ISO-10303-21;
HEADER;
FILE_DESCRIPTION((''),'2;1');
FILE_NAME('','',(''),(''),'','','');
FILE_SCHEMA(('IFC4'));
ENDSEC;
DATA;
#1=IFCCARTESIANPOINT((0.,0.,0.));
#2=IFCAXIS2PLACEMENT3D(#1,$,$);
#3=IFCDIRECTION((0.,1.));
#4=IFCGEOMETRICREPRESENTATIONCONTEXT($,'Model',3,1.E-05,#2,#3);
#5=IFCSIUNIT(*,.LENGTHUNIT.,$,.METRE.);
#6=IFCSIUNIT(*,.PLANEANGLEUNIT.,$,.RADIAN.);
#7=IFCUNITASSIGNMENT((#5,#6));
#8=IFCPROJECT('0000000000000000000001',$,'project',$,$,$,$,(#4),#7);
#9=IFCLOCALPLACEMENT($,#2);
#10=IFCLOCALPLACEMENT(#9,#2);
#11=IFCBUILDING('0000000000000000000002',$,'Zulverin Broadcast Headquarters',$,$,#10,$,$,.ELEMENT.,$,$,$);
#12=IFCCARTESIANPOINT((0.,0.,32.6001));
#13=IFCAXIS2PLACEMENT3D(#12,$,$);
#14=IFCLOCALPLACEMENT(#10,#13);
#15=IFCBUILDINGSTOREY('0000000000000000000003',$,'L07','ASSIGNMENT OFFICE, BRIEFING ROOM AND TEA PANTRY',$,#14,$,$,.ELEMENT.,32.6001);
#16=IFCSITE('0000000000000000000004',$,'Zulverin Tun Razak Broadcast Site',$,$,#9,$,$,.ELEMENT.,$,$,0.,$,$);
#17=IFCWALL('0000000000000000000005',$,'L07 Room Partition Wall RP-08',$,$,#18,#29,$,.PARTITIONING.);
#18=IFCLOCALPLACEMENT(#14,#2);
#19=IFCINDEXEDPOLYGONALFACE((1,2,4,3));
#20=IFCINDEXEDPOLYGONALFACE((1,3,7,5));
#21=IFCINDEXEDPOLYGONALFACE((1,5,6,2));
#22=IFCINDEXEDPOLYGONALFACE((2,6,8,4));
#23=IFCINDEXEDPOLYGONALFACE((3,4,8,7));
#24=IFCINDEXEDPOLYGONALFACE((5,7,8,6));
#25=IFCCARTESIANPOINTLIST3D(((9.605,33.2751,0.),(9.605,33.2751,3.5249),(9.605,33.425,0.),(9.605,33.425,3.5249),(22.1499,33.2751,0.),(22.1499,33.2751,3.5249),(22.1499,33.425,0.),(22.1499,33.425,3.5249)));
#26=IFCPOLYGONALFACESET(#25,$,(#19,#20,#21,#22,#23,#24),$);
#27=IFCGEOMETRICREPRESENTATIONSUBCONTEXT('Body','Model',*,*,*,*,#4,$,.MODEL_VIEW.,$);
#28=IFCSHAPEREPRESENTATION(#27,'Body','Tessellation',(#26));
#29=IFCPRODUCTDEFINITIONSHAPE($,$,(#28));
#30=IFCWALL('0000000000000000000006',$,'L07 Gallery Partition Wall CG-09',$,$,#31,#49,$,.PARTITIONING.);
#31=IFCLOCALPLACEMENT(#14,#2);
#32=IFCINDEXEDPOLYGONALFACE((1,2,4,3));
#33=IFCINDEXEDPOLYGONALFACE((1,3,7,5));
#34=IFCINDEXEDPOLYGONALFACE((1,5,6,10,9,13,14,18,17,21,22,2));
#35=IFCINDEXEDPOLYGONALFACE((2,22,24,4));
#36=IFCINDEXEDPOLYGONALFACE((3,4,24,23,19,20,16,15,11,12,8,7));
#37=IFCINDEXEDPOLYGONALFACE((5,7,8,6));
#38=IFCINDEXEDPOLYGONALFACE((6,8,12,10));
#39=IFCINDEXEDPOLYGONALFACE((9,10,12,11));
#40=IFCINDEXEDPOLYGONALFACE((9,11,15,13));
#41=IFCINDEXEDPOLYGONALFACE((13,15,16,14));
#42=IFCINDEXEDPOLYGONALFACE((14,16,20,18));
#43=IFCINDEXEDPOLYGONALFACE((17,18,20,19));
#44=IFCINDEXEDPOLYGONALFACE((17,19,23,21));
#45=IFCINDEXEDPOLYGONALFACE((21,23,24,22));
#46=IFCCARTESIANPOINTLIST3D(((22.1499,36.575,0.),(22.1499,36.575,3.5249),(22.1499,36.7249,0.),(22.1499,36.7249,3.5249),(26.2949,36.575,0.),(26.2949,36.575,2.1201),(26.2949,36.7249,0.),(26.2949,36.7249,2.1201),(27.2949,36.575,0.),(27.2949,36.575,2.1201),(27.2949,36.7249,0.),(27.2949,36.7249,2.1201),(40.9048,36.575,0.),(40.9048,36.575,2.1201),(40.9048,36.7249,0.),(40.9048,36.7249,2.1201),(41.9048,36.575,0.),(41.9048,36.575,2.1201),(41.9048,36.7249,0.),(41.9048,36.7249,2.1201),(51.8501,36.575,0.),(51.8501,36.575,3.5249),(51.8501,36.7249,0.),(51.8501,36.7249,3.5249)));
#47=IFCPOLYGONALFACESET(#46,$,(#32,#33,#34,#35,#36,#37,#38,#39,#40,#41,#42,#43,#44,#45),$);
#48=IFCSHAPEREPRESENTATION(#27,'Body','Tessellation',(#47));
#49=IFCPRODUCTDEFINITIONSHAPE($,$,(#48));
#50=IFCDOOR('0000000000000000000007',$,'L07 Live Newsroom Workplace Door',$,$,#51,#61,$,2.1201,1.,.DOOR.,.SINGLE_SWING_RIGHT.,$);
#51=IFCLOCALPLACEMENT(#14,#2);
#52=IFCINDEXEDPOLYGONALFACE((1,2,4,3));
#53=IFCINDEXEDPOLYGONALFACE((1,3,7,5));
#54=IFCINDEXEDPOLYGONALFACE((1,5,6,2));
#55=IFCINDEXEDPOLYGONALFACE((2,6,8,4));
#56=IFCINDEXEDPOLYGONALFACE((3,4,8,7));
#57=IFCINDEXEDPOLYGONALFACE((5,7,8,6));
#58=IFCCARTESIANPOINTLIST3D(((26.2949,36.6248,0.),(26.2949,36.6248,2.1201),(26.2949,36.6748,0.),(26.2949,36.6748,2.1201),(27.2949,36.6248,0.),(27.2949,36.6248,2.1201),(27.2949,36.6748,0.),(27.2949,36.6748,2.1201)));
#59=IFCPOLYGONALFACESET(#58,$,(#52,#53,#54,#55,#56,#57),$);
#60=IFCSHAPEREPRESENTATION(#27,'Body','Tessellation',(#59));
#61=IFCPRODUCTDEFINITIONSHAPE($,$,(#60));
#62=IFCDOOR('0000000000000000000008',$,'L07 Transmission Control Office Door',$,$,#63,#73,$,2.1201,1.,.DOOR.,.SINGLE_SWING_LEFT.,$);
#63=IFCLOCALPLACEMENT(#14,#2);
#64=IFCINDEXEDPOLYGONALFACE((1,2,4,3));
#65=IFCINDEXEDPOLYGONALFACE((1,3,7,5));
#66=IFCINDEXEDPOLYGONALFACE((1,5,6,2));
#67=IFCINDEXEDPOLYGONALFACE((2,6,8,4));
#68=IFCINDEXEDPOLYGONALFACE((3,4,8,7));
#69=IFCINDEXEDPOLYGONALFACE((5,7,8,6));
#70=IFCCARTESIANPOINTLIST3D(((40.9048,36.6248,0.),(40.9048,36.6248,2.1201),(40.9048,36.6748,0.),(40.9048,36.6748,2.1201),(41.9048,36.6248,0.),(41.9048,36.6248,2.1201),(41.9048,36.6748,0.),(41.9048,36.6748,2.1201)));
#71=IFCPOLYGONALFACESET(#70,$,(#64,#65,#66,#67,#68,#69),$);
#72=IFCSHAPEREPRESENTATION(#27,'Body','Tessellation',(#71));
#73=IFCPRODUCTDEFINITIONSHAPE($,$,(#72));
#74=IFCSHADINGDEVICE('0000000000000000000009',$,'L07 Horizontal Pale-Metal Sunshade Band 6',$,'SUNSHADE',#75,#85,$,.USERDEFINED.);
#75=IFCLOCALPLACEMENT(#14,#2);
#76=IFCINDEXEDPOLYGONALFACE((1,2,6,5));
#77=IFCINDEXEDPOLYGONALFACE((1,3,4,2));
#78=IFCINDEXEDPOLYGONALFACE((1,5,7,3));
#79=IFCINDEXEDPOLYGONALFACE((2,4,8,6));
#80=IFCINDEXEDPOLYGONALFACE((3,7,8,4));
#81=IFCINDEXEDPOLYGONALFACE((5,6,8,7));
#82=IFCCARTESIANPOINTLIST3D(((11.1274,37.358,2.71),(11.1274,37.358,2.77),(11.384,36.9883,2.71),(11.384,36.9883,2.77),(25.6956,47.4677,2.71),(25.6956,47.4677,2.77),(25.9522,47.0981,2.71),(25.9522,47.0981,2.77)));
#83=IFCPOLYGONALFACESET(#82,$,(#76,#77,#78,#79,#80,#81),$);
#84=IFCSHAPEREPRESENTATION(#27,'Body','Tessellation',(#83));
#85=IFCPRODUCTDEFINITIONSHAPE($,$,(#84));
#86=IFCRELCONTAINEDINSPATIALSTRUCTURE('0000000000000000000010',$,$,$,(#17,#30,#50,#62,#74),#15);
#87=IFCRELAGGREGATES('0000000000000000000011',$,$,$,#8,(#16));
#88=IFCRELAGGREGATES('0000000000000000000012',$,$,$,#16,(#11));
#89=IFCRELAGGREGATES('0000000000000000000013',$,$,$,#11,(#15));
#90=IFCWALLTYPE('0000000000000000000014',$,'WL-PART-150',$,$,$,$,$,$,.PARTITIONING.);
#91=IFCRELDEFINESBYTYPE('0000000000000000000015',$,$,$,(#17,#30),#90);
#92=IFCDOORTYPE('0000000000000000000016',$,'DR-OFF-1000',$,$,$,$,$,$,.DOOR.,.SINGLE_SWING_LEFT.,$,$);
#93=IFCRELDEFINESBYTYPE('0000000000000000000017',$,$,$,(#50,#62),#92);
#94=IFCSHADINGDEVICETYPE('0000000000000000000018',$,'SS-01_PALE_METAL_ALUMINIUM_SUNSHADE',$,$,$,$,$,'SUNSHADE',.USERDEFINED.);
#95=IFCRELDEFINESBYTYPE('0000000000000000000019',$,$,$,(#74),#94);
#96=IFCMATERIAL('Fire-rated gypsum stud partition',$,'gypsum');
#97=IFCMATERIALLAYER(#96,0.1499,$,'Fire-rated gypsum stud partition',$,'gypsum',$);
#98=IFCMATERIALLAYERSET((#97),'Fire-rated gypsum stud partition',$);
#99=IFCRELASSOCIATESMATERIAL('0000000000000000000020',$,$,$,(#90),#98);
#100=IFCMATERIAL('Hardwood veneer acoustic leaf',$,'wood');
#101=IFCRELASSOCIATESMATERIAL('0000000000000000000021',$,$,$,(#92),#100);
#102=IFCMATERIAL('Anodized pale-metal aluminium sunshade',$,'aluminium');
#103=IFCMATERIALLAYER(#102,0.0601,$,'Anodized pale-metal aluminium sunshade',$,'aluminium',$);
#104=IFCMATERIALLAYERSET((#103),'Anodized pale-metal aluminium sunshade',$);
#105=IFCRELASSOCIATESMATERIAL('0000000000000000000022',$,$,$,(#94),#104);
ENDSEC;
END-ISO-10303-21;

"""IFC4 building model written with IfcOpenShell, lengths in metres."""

from ifc_helpers import new_model, si_unit, direction, frame, frame_2d, origin, origin_2d, place, context, subcontext, project, spatial, rectangle, extrude, material, layer, layer_set, type_object, element, fill, save


model = new_model("IFC4")

# Units and contexts
model_context = context("Model", 3, precision=1e-05, world=origin(), true_north=direction((0.0, 1.0)))
body_context = subcontext(model_context, "Body", "Model", "MODEL_VIEW")
ifc_project = project(units=[si_unit("LENGTHUNIT", "METRE"), si_unit("PLANEANGLEUNIT", "RADIAN")], contexts=[model_context])

# Site, building, storey
site_placement = place(None, origin())
site = spatial("IfcSite", under=ifc_project, at=site_placement, Name="Zulverin Tun Razak Broadcast Site", CompositionType="ELEMENT", RefElevation=0.0)
building_placement = place(site_placement, origin())
building = spatial("IfcBuilding", under=site, at=building_placement, Name="Zulverin Broadcast Headquarters", CompositionType="ELEMENT")
storey_placement = place(building_placement, frame((0.0, 0.0, 32.6001)))
storey = spatial("IfcBuildingStorey", under=building, at=storey_placement, Name="L07", Description="ASSIGNMENT OFFICE, BRIEFING ROOM AND TEA PANTRY", CompositionType="ELEMENT", Elevation=32.6001)

# Wall
ifc_material_1 = material(Name="Fire-rated gypsum stud partition", Category="gypsum")
ifc_layer_1 = layer(ifc_material_1, 0.1499, Name="Fire-rated gypsum stud partition", Category="gypsum")
ifc_layer_set_1 = layer_set([ifc_layer_1], Name="Fire-rated gypsum stud partition")
wall_type_1 = type_object("IfcWallType", Name="WL-PART-150", PredefinedType="PARTITIONING", material=ifc_layer_set_1)
wall_1_placement = place(storey_placement, frame((9.605, 33.3501, 0.0), z_axis=(0.0, 0.0, 1.0), x_axis=(1.0, 0.0, 0.0)))
element("IfcWall", 1, at=wall_1_placement, inside=storey, type_object=wall_type_1, Name="L07 Room Partition Wall RP-08", PredefinedType="PARTITIONING", context=body_context, shape_type="SweptSolid", body=[
    extrude(rectangle(XDim=12.5449, YDim=0.1499, at=frame_2d((6.2725, 0.0))), origin(), (0.0, 0.0, 1.0), 3.5249),
])

# Wall, openings, doors
wall_2_placement = place(storey_placement, frame((22.1499, 36.6499, 0.0), z_axis=(0.0, 0.0, 1.0), x_axis=(1.0, 0.0, 0.0)))
wall_2 = element("IfcWall", 2, at=wall_2_placement, inside=storey, type_object=wall_type_1, Name="L07 Gallery Partition Wall CG-09", PredefinedType="PARTITIONING", context=body_context, shape_type="SweptSolid", body=[
    extrude(rectangle(XDim=29.7002, YDim=0.1499, at=frame_2d((14.8501, 0.0))), origin(), (0.0, 0.0, 1.0), 3.5249),
])
opening_1_placement = place(wall_2_placement, frame((4.145, 0.0, 0.0)))
opening_1 = element("IfcOpeningElement", 3, at=opening_1_placement, cuts=wall_2, PredefinedType="OPENING", context=body_context, shape_type="SweptSolid", body=[
    extrude(rectangle(XDim=1.0, YDim=2.1201, at=frame_2d((0.5, 1.0601))), frame((0.0, 0.085, 0.0), z_axis=(0.0, -1.0, 0.0), x_axis=(1.0, 0.0, 0.0)), (0.0, 0.0, 1.0), 0.1699),
])
opening_2_placement = place(wall_2_placement, frame((18.7549, 0.0, 0.0)))
opening_2 = element("IfcOpeningElement", 4, at=opening_2_placement, cuts=wall_2, PredefinedType="OPENING", context=body_context, shape_type="SweptSolid", body=[
    extrude(rectangle(XDim=1.0, YDim=2.1201, at=frame_2d((0.5, 1.0601))), frame((0.0, 0.085, 0.0), z_axis=(0.0, -1.0, 0.0), x_axis=(1.0, 0.0, 0.0)), (0.0, 0.0, 1.0), 0.1699),
])
ifc_material_2 = material(Name="Hardwood veneer acoustic leaf", Category="wood")
door_type_1 = type_object("IfcDoorType", Name="DR-OFF-1000", OperationType="SINGLE_SWING_LEFT", PredefinedType="DOOR", material=ifc_material_2)
door_1_placement = place(opening_1_placement, origin())
door_1 = element("IfcDoor", 5, at=door_1_placement, inside=storey, type_object=door_type_1, Name="L07 Live Newsroom Workplace Door", OperationType="SINGLE_SWING_RIGHT", OverallHeight=2.1201, OverallWidth=1.0, PredefinedType="DOOR", context=body_context, shape_type="SweptSolid", body=[
    extrude(rectangle(XDim=1.0, YDim=2.1201, at=frame_2d((0.5, 1.0601))), frame((0.0, 0.0249, 0.0), z_axis=(0.0, -1.0, 0.0), x_axis=(1.0, 0.0, 0.0)), (0.0, 0.0, 1.0), 0.05),
])
fill(opening_1, door_1)
door_2_placement = place(opening_2_placement, origin())
door_2 = element("IfcDoor", 6, at=door_2_placement, inside=storey, type_object=door_type_1, Name="L07 Transmission Control Office Door", OperationType="SINGLE_SWING_LEFT", OverallHeight=2.1201, OverallWidth=1.0, PredefinedType="DOOR", context=body_context, shape_type="SweptSolid", body=[
    extrude(rectangle(XDim=1.0, YDim=2.1201, at=frame_2d((0.5, 1.0601))), frame((0.0, 0.0249, 0.0), z_axis=(0.0, -1.0, 0.0), x_axis=(1.0, 0.0, 0.0)), (0.0, 0.0, 1.0), 0.05),
])
fill(opening_2, door_2)

# Shading device
ifc_material_3 = material(Name="Anodized pale-metal aluminium sunshade", Category="aluminium")
ifc_layer_2 = layer(ifc_material_3, 0.0601, Name="Anodized pale-metal aluminium sunshade", Category="aluminium")
ifc_layer_set_2 = layer_set([ifc_layer_2], Name="Anodized pale-metal aluminium sunshade")
shading_device_type = type_object("IfcShadingDeviceType", Name="SS-01_PALE_METAL_ALUMINIUM_SUNSHADE", ElementType="SUNSHADE", PredefinedType="USERDEFINED", material=ifc_layer_set_2)
shading_device_placement = place(storey_placement, frame((18.5398, 42.228, 2.71), z_axis=(0.0, 0.0, 1.0), x_axis=(-0.821556, -0.570127, 0.0)))
element("IfcShadingDevice", 7, at=shading_device_placement, inside=storey, type_object=shading_device_type, Name="L07 Horizontal Pale-Metal Sunshade Band 6", ObjectType="SUNSHADE", PredefinedType="USERDEFINED", context=body_context, shape_type="SweptSolid", body=[
    extrude(rectangle(XDim=17.7324, YDim=0.45, at=origin_2d()), origin(), (0.0, 0.0, 1.0), 0.0601),
])

save(model, "model.ifc")
